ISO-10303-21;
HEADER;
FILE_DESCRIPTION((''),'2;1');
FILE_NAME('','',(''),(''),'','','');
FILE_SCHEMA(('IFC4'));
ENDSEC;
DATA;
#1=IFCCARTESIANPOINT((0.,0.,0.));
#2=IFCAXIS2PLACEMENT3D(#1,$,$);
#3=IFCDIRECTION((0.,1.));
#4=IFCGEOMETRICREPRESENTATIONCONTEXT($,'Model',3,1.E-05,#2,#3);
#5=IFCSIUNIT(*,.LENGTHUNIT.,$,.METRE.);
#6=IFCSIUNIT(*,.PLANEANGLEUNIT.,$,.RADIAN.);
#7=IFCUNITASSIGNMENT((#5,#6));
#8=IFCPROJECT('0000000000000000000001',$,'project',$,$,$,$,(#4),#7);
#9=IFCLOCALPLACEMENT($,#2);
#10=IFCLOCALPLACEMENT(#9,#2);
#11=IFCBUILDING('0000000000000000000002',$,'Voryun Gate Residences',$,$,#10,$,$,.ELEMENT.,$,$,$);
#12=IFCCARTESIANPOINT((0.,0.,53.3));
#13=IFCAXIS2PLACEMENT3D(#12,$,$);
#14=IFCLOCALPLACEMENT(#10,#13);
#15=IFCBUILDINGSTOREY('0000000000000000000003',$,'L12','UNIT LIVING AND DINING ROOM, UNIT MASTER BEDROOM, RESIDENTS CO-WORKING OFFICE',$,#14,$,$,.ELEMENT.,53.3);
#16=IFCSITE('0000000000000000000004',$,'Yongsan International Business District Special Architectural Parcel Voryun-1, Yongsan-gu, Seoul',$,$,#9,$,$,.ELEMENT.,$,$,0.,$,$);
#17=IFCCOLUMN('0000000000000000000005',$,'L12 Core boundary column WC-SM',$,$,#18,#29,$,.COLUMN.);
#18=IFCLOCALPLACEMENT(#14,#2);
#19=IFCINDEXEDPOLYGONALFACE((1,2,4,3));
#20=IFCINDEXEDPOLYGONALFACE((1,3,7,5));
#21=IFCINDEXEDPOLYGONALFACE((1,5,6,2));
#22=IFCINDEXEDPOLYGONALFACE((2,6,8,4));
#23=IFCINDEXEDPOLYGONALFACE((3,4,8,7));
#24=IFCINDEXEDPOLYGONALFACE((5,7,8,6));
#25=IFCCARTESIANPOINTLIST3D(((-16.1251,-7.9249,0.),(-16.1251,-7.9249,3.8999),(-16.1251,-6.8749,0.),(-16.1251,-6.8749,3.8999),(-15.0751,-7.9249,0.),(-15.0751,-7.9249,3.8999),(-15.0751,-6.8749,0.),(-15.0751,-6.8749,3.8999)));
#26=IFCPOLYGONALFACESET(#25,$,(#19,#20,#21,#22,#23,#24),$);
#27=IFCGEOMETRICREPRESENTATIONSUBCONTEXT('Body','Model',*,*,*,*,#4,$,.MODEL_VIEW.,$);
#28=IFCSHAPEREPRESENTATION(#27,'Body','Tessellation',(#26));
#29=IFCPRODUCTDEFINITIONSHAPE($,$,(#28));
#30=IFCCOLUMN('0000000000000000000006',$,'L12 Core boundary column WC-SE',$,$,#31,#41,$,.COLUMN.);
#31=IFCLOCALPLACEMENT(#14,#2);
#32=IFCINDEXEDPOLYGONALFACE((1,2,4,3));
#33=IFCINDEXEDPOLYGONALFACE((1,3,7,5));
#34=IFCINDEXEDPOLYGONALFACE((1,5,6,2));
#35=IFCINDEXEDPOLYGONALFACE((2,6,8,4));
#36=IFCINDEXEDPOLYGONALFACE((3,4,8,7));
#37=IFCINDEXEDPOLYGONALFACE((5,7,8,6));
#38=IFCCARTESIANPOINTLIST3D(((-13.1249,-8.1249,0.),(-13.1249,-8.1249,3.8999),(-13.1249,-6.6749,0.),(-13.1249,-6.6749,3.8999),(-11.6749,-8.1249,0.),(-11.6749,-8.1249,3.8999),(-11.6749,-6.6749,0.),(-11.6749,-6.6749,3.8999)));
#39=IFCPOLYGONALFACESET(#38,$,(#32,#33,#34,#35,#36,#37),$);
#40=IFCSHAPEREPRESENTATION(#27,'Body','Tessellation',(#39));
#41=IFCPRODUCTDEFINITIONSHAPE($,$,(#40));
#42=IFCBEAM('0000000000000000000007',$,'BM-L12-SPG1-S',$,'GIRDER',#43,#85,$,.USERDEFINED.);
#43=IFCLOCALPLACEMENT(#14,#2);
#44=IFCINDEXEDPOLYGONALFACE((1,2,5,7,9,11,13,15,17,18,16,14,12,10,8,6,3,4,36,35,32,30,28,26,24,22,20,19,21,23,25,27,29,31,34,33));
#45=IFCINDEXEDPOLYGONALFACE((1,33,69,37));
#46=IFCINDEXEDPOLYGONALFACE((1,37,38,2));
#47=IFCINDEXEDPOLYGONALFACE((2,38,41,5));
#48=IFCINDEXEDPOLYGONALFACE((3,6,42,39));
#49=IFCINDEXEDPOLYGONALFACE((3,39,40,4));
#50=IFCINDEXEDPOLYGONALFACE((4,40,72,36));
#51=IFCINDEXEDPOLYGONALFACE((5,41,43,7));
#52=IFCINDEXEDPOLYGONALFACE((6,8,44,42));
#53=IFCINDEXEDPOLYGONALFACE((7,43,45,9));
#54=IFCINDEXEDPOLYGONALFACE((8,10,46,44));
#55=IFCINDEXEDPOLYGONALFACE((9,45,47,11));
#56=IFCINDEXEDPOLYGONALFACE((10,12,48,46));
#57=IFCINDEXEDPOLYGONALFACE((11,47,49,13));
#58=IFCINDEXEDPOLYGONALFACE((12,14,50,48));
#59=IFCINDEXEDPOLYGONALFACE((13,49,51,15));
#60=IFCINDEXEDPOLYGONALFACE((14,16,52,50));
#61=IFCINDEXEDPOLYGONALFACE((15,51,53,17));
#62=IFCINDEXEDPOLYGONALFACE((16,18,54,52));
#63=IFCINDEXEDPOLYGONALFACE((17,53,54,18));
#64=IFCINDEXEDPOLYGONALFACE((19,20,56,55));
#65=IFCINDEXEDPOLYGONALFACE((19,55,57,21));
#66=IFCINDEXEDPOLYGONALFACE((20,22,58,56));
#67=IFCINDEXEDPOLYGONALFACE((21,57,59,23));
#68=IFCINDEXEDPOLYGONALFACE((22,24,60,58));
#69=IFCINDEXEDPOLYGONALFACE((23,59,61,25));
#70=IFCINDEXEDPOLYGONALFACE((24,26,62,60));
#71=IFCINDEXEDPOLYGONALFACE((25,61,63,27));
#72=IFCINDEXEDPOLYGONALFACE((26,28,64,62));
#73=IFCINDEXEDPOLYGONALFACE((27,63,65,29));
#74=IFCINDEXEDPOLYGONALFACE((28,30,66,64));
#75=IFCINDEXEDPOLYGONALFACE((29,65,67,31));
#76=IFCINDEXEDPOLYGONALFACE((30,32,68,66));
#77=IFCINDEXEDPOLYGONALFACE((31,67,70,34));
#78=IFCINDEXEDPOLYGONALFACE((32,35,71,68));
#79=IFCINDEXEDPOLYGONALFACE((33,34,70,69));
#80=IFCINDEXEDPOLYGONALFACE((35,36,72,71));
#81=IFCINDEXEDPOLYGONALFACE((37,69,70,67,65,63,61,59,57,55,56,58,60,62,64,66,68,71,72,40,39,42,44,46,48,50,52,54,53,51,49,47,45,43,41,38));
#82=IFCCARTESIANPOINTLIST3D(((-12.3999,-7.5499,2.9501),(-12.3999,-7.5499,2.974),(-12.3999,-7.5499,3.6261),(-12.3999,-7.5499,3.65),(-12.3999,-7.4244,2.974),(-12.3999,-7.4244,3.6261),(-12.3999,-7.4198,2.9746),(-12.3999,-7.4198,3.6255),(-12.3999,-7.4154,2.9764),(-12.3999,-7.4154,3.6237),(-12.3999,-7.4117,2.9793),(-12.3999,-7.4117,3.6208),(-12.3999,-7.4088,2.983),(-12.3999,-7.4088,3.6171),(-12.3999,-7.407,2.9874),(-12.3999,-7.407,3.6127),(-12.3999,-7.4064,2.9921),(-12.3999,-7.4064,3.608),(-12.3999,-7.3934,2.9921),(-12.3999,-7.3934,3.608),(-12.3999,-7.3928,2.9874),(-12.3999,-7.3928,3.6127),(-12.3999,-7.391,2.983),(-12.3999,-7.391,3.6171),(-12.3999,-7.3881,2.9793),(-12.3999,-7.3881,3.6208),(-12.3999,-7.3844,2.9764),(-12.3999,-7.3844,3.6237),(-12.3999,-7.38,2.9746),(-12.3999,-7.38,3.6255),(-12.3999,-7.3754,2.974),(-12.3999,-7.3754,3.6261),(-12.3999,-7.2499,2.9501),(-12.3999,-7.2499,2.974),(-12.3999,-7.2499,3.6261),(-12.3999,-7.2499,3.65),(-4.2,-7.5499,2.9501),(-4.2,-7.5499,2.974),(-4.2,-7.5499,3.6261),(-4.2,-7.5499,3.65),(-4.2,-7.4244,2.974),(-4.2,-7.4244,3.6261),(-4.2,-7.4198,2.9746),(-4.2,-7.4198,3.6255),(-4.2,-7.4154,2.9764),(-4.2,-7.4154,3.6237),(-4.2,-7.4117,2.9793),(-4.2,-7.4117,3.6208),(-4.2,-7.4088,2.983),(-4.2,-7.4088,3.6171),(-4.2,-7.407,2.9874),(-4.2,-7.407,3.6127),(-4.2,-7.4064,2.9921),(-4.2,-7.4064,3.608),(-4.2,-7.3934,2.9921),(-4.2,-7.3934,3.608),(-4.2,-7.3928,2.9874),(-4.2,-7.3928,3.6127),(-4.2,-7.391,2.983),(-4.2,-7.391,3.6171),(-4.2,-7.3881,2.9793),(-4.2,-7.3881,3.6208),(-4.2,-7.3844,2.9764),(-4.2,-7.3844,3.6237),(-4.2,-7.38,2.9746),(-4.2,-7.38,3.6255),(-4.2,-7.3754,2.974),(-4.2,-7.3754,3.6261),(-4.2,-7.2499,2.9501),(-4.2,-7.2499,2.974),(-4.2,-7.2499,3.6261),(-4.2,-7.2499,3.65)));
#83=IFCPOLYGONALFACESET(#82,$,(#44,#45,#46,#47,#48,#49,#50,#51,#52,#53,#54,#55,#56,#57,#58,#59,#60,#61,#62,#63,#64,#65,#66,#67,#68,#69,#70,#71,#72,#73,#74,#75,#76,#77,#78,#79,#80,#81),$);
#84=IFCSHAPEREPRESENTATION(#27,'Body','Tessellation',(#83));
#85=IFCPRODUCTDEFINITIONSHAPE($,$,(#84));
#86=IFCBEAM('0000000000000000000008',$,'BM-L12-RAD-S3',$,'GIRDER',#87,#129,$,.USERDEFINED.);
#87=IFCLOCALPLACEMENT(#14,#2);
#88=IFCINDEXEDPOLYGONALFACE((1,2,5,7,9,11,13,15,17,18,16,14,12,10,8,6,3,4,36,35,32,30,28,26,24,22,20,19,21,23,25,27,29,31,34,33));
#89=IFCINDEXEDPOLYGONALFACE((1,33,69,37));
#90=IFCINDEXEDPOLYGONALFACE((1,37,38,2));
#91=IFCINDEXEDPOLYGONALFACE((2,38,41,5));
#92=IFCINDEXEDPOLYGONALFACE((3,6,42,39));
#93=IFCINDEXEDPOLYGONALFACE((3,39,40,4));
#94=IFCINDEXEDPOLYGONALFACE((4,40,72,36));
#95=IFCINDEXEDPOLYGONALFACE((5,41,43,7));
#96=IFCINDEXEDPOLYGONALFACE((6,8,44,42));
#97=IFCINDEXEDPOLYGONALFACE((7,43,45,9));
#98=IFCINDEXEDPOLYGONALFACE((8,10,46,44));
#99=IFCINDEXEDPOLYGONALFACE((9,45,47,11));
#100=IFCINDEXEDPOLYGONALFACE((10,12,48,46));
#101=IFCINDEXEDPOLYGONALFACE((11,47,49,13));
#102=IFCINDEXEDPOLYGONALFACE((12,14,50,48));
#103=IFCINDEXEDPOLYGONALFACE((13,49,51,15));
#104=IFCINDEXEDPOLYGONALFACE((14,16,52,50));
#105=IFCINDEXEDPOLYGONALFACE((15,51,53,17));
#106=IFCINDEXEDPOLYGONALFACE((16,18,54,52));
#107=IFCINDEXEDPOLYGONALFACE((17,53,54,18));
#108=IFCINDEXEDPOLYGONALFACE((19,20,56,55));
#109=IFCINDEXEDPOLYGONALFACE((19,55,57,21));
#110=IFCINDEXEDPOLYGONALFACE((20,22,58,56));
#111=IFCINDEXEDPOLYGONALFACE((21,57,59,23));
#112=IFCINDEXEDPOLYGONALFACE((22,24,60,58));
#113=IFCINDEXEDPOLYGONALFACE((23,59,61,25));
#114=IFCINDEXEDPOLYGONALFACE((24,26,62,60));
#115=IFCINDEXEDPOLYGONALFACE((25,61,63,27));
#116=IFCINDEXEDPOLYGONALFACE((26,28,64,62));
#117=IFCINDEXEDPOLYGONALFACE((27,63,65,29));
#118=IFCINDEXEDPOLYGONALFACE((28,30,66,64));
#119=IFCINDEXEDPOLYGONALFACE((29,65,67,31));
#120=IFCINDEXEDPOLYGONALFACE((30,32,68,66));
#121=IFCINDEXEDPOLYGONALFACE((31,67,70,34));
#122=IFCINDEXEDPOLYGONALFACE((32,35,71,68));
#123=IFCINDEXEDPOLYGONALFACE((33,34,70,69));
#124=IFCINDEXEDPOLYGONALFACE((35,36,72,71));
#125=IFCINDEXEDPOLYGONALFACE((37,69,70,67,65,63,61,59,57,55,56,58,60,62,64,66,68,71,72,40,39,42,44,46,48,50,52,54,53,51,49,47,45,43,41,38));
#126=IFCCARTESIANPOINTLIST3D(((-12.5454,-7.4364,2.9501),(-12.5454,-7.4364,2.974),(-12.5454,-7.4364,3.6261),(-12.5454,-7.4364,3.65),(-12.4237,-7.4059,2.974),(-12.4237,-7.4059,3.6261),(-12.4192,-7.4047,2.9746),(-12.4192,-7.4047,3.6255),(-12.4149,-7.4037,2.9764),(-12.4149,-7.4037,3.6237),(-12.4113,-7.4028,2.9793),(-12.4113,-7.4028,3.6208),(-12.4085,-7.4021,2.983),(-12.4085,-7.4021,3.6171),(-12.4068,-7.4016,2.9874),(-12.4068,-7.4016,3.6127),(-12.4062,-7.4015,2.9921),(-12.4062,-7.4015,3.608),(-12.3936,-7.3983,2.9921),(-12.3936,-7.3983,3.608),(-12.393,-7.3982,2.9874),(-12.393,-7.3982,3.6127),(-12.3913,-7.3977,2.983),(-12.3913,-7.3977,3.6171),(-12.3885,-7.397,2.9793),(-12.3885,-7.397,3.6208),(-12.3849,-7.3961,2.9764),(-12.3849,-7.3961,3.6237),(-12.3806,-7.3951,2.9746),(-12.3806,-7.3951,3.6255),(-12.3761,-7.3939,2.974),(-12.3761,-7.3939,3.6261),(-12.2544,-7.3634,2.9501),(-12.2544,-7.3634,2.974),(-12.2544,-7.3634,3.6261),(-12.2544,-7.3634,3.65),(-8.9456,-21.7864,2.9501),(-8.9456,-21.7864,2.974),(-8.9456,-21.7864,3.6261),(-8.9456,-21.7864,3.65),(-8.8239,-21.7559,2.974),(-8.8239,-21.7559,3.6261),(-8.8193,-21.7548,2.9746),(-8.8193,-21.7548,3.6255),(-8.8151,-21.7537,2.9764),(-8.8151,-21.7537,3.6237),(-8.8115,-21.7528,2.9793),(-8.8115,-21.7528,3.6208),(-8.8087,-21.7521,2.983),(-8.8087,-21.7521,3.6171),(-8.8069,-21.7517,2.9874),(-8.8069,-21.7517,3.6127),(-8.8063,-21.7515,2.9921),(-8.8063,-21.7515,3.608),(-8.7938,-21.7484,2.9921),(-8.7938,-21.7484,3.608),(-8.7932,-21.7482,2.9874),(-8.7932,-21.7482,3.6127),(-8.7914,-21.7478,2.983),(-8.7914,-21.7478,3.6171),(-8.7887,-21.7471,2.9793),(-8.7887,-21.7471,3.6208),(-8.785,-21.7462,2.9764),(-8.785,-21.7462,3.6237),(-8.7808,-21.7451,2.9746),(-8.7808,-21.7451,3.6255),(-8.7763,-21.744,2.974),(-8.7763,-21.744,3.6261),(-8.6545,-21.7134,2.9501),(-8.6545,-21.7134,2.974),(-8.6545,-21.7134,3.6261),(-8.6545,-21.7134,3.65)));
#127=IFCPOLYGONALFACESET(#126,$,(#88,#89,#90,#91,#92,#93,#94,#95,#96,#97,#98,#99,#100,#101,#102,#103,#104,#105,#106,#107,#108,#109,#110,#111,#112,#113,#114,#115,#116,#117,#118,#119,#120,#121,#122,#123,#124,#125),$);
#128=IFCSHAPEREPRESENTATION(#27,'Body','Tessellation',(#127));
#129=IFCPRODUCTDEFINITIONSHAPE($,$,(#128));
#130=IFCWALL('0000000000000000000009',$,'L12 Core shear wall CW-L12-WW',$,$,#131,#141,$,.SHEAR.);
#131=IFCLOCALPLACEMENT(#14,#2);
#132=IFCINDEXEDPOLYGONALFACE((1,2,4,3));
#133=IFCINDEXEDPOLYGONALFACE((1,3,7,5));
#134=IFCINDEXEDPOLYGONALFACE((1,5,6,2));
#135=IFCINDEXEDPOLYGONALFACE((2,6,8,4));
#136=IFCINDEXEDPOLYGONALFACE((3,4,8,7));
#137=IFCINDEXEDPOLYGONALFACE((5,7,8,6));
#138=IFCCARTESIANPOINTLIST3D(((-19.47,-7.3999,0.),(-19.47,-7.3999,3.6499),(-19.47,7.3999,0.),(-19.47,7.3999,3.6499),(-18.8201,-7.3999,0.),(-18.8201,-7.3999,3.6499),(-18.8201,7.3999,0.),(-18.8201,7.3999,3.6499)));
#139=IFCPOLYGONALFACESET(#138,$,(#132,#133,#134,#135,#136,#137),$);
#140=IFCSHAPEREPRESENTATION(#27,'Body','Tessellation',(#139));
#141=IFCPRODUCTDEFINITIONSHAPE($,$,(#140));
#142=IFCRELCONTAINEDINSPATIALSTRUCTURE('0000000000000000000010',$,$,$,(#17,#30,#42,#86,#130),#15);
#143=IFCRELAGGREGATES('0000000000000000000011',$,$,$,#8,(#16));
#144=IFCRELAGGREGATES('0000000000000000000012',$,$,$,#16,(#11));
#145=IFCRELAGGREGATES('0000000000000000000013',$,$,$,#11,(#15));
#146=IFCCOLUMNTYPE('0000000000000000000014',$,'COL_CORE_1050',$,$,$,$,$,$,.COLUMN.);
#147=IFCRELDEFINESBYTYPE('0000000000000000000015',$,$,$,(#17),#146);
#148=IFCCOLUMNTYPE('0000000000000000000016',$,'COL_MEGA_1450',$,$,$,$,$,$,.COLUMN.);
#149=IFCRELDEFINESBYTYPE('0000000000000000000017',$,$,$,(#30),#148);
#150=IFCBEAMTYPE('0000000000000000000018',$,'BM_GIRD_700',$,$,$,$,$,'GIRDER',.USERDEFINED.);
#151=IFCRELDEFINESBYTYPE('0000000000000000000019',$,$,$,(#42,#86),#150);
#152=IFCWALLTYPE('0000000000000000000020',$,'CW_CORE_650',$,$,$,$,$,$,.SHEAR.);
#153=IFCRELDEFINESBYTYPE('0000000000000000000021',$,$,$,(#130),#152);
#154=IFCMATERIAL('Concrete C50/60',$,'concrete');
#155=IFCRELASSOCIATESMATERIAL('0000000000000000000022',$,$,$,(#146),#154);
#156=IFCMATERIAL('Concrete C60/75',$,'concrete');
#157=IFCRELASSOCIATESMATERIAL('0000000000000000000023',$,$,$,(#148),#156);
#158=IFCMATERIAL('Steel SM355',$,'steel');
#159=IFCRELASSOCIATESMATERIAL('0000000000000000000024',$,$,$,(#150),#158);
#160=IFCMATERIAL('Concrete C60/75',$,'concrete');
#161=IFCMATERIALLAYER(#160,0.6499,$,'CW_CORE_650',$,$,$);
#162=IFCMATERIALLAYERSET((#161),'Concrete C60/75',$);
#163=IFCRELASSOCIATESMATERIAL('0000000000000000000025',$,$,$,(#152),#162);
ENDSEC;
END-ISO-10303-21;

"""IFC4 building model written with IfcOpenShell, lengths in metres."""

from ifc_helpers import new_model, si_unit, direction, frame, frame_2d, origin, origin_2d, place, context, subcontext, project, spatial, rectangle, i_section, extrude, material, layer, layer_set, material_profile, profile_set, type_object, element, save


model = new_model("IFC4")

# Units and contexts
model_context = context("Model", 3, precision=1e-05, world=origin(), true_north=direction((0.0, 1.0)))
body_context = subcontext(model_context, "Body", "Model", "MODEL_VIEW")
ifc_project = project(units=[si_unit("LENGTHUNIT", "METRE"), si_unit("PLANEANGLEUNIT", "RADIAN")], contexts=[model_context])

# Site, building, storey
site_placement = place(None, origin())
site = spatial("IfcSite", under=ifc_project, at=site_placement, Name="Yongsan International Business District Special Architectural Parcel Voryun-1, Yongsan-gu, Seoul", CompositionType="ELEMENT", RefElevation=0.0)
building_placement = place(site_placement, origin())
building = spatial("IfcBuilding", under=site, at=building_placement, Name="Voryun Gate Residences", CompositionType="ELEMENT")
storey_placement = place(building_placement, frame((0.0, 0.0, 53.3)))
storey = spatial("IfcBuildingStorey", under=building, at=storey_placement, Name="L12", Description="UNIT LIVING AND DINING ROOM, UNIT MASTER BEDROOM, RESIDENTS CO-WORKING OFFICE", CompositionType="ELEMENT", Elevation=53.3)

# Columns
ifc_material_1 = material(Name="Concrete C50/60", Category="concrete")
ifc_material_profile_1 = material_profile(ifc_material_1, rectangle(XDim=1.05, YDim=1.05, at=origin_2d()), Name="RC-1050x1050")
ifc_profile_set_1 = profile_set([ifc_material_profile_1], Name="Concrete C50/60")
column_type_1 = type_object("IfcColumnType", Name="COL_CORE_1050", PredefinedType="COLUMN", material=ifc_profile_set_1)
column_1_placement = place(storey_placement, frame((-15.6001, -7.3999, 0.0), z_axis=(0.0, 0.0, 1.0), x_axis=(1.0, 0.0, 0.0)))
element("IfcColumn", 1, at=column_1_placement, inside=storey, type_object=column_type_1, Name="L12 Core boundary column WC-SM", PredefinedType="COLUMN", context=body_context, shape_type="SweptSolid", body=[
    extrude(rectangle(XDim=1.05, YDim=1.05, at=origin_2d()), origin(), (0.0, 0.0, 1.0), 3.8999),
])
ifc_material_2 = material(Name="Concrete C60/75", Category="concrete")
ifc_material_profile_2 = material_profile(ifc_material_2, rectangle(XDim=1.45, YDim=1.45, at=origin_2d()), Name="RC-1450x1450")
ifc_profile_set_2 = profile_set([ifc_material_profile_2], Name="Concrete C60/75")
column_type_2 = type_object("IfcColumnType", Name="COL_MEGA_1450", PredefinedType="COLUMN", material=ifc_profile_set_2)
column_2_placement = place(storey_placement, frame((-12.3999, -7.3999, 0.0), z_axis=(0.0, 0.0, 1.0), x_axis=(1.0, 0.0, 0.0)))
element("IfcColumn", 2, at=column_2_placement, inside=storey, type_object=column_type_2, Name="L12 Core boundary column WC-SE", PredefinedType="COLUMN", context=body_context, shape_type="SweptSolid", body=[
    extrude(rectangle(XDim=1.45, YDim=1.45, at=origin_2d()), origin(), (0.0, 0.0, 1.0), 3.8999),
])

# Beams
ifc_material_3 = material(Name="Steel SM355", Category="steel")
ifc_material_profile_3 = material_profile(ifc_material_3, i_section(OverallWidth=0.3, OverallDepth=0.7, WebThickness=0.0129, FlangeThickness=0.0239, FilletRadius=0.0181, at=origin_2d()), Name="H-700x300x13x24")
ifc_profile_set_3 = profile_set([ifc_material_profile_3], Name="Steel SM355")
beam_type = type_object("IfcBeamType", Name="BM_GIRD_700", ElementType="GIRDER", PredefinedType="USERDEFINED", material=ifc_profile_set_3)
beam_1_placement = place(storey_placement, frame((-12.3999, -7.3999, 3.3), z_axis=(1.0, 0.0, 0.0), x_axis=(0.0, 1.0, 0.0)))
element("IfcBeam", 3, at=beam_1_placement, inside=storey, type_object=beam_type, Name="BM-L12-SPG1-S", ObjectType="GIRDER", PredefinedType="USERDEFINED", context=body_context, shape_type="SweptSolid", body=[
    extrude(i_section(OverallWidth=0.3, OverallDepth=0.7, WebThickness=0.0129, FlangeThickness=0.0239, FilletRadius=0.0181, at=origin_2d()), origin(), (0.0, 0.0, 1.0), 8.2),
])
beam_2_placement = place(storey_placement, frame((-12.3999, -7.3999, 3.3), z_axis=(0.24332, -0.969946, 0.0), x_axis=(0.969946, 0.24332, 0.0)))
element("IfcBeam", 4, at=beam_2_placement, inside=storey, type_object=beam_type, Name="BM-L12-RAD-S3", ObjectType="GIRDER", PredefinedType="USERDEFINED", context=body_context, shape_type="SweptSolid", body=[
    extrude(i_section(OverallWidth=0.3, OverallDepth=0.7, WebThickness=0.0129, FlangeThickness=0.0239, FilletRadius=0.0181, at=origin_2d()), origin(), (0.0, 0.0, 1.0), 14.7947),
])

# Wall
ifc_material_4 = material(Name="Concrete C60/75", Category="concrete")
ifc_layer_1 = layer(ifc_material_4, 0.6499, Name="CW_CORE_650")
ifc_layer_set_1 = layer_set([ifc_layer_1], Name="Concrete C60/75")
wall_type_1 = type_object("IfcWallType", Name="CW_CORE_650", PredefinedType="SHEAR", material=ifc_layer_set_1)
wall_1_placement = place(storey_placement, frame((-19.145, -7.3999, 0.0), z_axis=(0.0, 0.0, 1.0), x_axis=(0.0, 1.0, 0.0)))
element("IfcWall", 5, at=wall_1_placement, inside=storey, type_object=wall_type_1, Name="L12 Core shear wall CW-L12-WW", PredefinedType="SHEAR", context=body_context, shape_type="SweptSolid", body=[
    extrude(rectangle(XDim=14.7998, YDim=0.6499, at=frame_2d((7.3999, 0.0))), origin(), (0.0, 0.0, 1.0), 3.6499),
])

save(model, "model.ifc")
